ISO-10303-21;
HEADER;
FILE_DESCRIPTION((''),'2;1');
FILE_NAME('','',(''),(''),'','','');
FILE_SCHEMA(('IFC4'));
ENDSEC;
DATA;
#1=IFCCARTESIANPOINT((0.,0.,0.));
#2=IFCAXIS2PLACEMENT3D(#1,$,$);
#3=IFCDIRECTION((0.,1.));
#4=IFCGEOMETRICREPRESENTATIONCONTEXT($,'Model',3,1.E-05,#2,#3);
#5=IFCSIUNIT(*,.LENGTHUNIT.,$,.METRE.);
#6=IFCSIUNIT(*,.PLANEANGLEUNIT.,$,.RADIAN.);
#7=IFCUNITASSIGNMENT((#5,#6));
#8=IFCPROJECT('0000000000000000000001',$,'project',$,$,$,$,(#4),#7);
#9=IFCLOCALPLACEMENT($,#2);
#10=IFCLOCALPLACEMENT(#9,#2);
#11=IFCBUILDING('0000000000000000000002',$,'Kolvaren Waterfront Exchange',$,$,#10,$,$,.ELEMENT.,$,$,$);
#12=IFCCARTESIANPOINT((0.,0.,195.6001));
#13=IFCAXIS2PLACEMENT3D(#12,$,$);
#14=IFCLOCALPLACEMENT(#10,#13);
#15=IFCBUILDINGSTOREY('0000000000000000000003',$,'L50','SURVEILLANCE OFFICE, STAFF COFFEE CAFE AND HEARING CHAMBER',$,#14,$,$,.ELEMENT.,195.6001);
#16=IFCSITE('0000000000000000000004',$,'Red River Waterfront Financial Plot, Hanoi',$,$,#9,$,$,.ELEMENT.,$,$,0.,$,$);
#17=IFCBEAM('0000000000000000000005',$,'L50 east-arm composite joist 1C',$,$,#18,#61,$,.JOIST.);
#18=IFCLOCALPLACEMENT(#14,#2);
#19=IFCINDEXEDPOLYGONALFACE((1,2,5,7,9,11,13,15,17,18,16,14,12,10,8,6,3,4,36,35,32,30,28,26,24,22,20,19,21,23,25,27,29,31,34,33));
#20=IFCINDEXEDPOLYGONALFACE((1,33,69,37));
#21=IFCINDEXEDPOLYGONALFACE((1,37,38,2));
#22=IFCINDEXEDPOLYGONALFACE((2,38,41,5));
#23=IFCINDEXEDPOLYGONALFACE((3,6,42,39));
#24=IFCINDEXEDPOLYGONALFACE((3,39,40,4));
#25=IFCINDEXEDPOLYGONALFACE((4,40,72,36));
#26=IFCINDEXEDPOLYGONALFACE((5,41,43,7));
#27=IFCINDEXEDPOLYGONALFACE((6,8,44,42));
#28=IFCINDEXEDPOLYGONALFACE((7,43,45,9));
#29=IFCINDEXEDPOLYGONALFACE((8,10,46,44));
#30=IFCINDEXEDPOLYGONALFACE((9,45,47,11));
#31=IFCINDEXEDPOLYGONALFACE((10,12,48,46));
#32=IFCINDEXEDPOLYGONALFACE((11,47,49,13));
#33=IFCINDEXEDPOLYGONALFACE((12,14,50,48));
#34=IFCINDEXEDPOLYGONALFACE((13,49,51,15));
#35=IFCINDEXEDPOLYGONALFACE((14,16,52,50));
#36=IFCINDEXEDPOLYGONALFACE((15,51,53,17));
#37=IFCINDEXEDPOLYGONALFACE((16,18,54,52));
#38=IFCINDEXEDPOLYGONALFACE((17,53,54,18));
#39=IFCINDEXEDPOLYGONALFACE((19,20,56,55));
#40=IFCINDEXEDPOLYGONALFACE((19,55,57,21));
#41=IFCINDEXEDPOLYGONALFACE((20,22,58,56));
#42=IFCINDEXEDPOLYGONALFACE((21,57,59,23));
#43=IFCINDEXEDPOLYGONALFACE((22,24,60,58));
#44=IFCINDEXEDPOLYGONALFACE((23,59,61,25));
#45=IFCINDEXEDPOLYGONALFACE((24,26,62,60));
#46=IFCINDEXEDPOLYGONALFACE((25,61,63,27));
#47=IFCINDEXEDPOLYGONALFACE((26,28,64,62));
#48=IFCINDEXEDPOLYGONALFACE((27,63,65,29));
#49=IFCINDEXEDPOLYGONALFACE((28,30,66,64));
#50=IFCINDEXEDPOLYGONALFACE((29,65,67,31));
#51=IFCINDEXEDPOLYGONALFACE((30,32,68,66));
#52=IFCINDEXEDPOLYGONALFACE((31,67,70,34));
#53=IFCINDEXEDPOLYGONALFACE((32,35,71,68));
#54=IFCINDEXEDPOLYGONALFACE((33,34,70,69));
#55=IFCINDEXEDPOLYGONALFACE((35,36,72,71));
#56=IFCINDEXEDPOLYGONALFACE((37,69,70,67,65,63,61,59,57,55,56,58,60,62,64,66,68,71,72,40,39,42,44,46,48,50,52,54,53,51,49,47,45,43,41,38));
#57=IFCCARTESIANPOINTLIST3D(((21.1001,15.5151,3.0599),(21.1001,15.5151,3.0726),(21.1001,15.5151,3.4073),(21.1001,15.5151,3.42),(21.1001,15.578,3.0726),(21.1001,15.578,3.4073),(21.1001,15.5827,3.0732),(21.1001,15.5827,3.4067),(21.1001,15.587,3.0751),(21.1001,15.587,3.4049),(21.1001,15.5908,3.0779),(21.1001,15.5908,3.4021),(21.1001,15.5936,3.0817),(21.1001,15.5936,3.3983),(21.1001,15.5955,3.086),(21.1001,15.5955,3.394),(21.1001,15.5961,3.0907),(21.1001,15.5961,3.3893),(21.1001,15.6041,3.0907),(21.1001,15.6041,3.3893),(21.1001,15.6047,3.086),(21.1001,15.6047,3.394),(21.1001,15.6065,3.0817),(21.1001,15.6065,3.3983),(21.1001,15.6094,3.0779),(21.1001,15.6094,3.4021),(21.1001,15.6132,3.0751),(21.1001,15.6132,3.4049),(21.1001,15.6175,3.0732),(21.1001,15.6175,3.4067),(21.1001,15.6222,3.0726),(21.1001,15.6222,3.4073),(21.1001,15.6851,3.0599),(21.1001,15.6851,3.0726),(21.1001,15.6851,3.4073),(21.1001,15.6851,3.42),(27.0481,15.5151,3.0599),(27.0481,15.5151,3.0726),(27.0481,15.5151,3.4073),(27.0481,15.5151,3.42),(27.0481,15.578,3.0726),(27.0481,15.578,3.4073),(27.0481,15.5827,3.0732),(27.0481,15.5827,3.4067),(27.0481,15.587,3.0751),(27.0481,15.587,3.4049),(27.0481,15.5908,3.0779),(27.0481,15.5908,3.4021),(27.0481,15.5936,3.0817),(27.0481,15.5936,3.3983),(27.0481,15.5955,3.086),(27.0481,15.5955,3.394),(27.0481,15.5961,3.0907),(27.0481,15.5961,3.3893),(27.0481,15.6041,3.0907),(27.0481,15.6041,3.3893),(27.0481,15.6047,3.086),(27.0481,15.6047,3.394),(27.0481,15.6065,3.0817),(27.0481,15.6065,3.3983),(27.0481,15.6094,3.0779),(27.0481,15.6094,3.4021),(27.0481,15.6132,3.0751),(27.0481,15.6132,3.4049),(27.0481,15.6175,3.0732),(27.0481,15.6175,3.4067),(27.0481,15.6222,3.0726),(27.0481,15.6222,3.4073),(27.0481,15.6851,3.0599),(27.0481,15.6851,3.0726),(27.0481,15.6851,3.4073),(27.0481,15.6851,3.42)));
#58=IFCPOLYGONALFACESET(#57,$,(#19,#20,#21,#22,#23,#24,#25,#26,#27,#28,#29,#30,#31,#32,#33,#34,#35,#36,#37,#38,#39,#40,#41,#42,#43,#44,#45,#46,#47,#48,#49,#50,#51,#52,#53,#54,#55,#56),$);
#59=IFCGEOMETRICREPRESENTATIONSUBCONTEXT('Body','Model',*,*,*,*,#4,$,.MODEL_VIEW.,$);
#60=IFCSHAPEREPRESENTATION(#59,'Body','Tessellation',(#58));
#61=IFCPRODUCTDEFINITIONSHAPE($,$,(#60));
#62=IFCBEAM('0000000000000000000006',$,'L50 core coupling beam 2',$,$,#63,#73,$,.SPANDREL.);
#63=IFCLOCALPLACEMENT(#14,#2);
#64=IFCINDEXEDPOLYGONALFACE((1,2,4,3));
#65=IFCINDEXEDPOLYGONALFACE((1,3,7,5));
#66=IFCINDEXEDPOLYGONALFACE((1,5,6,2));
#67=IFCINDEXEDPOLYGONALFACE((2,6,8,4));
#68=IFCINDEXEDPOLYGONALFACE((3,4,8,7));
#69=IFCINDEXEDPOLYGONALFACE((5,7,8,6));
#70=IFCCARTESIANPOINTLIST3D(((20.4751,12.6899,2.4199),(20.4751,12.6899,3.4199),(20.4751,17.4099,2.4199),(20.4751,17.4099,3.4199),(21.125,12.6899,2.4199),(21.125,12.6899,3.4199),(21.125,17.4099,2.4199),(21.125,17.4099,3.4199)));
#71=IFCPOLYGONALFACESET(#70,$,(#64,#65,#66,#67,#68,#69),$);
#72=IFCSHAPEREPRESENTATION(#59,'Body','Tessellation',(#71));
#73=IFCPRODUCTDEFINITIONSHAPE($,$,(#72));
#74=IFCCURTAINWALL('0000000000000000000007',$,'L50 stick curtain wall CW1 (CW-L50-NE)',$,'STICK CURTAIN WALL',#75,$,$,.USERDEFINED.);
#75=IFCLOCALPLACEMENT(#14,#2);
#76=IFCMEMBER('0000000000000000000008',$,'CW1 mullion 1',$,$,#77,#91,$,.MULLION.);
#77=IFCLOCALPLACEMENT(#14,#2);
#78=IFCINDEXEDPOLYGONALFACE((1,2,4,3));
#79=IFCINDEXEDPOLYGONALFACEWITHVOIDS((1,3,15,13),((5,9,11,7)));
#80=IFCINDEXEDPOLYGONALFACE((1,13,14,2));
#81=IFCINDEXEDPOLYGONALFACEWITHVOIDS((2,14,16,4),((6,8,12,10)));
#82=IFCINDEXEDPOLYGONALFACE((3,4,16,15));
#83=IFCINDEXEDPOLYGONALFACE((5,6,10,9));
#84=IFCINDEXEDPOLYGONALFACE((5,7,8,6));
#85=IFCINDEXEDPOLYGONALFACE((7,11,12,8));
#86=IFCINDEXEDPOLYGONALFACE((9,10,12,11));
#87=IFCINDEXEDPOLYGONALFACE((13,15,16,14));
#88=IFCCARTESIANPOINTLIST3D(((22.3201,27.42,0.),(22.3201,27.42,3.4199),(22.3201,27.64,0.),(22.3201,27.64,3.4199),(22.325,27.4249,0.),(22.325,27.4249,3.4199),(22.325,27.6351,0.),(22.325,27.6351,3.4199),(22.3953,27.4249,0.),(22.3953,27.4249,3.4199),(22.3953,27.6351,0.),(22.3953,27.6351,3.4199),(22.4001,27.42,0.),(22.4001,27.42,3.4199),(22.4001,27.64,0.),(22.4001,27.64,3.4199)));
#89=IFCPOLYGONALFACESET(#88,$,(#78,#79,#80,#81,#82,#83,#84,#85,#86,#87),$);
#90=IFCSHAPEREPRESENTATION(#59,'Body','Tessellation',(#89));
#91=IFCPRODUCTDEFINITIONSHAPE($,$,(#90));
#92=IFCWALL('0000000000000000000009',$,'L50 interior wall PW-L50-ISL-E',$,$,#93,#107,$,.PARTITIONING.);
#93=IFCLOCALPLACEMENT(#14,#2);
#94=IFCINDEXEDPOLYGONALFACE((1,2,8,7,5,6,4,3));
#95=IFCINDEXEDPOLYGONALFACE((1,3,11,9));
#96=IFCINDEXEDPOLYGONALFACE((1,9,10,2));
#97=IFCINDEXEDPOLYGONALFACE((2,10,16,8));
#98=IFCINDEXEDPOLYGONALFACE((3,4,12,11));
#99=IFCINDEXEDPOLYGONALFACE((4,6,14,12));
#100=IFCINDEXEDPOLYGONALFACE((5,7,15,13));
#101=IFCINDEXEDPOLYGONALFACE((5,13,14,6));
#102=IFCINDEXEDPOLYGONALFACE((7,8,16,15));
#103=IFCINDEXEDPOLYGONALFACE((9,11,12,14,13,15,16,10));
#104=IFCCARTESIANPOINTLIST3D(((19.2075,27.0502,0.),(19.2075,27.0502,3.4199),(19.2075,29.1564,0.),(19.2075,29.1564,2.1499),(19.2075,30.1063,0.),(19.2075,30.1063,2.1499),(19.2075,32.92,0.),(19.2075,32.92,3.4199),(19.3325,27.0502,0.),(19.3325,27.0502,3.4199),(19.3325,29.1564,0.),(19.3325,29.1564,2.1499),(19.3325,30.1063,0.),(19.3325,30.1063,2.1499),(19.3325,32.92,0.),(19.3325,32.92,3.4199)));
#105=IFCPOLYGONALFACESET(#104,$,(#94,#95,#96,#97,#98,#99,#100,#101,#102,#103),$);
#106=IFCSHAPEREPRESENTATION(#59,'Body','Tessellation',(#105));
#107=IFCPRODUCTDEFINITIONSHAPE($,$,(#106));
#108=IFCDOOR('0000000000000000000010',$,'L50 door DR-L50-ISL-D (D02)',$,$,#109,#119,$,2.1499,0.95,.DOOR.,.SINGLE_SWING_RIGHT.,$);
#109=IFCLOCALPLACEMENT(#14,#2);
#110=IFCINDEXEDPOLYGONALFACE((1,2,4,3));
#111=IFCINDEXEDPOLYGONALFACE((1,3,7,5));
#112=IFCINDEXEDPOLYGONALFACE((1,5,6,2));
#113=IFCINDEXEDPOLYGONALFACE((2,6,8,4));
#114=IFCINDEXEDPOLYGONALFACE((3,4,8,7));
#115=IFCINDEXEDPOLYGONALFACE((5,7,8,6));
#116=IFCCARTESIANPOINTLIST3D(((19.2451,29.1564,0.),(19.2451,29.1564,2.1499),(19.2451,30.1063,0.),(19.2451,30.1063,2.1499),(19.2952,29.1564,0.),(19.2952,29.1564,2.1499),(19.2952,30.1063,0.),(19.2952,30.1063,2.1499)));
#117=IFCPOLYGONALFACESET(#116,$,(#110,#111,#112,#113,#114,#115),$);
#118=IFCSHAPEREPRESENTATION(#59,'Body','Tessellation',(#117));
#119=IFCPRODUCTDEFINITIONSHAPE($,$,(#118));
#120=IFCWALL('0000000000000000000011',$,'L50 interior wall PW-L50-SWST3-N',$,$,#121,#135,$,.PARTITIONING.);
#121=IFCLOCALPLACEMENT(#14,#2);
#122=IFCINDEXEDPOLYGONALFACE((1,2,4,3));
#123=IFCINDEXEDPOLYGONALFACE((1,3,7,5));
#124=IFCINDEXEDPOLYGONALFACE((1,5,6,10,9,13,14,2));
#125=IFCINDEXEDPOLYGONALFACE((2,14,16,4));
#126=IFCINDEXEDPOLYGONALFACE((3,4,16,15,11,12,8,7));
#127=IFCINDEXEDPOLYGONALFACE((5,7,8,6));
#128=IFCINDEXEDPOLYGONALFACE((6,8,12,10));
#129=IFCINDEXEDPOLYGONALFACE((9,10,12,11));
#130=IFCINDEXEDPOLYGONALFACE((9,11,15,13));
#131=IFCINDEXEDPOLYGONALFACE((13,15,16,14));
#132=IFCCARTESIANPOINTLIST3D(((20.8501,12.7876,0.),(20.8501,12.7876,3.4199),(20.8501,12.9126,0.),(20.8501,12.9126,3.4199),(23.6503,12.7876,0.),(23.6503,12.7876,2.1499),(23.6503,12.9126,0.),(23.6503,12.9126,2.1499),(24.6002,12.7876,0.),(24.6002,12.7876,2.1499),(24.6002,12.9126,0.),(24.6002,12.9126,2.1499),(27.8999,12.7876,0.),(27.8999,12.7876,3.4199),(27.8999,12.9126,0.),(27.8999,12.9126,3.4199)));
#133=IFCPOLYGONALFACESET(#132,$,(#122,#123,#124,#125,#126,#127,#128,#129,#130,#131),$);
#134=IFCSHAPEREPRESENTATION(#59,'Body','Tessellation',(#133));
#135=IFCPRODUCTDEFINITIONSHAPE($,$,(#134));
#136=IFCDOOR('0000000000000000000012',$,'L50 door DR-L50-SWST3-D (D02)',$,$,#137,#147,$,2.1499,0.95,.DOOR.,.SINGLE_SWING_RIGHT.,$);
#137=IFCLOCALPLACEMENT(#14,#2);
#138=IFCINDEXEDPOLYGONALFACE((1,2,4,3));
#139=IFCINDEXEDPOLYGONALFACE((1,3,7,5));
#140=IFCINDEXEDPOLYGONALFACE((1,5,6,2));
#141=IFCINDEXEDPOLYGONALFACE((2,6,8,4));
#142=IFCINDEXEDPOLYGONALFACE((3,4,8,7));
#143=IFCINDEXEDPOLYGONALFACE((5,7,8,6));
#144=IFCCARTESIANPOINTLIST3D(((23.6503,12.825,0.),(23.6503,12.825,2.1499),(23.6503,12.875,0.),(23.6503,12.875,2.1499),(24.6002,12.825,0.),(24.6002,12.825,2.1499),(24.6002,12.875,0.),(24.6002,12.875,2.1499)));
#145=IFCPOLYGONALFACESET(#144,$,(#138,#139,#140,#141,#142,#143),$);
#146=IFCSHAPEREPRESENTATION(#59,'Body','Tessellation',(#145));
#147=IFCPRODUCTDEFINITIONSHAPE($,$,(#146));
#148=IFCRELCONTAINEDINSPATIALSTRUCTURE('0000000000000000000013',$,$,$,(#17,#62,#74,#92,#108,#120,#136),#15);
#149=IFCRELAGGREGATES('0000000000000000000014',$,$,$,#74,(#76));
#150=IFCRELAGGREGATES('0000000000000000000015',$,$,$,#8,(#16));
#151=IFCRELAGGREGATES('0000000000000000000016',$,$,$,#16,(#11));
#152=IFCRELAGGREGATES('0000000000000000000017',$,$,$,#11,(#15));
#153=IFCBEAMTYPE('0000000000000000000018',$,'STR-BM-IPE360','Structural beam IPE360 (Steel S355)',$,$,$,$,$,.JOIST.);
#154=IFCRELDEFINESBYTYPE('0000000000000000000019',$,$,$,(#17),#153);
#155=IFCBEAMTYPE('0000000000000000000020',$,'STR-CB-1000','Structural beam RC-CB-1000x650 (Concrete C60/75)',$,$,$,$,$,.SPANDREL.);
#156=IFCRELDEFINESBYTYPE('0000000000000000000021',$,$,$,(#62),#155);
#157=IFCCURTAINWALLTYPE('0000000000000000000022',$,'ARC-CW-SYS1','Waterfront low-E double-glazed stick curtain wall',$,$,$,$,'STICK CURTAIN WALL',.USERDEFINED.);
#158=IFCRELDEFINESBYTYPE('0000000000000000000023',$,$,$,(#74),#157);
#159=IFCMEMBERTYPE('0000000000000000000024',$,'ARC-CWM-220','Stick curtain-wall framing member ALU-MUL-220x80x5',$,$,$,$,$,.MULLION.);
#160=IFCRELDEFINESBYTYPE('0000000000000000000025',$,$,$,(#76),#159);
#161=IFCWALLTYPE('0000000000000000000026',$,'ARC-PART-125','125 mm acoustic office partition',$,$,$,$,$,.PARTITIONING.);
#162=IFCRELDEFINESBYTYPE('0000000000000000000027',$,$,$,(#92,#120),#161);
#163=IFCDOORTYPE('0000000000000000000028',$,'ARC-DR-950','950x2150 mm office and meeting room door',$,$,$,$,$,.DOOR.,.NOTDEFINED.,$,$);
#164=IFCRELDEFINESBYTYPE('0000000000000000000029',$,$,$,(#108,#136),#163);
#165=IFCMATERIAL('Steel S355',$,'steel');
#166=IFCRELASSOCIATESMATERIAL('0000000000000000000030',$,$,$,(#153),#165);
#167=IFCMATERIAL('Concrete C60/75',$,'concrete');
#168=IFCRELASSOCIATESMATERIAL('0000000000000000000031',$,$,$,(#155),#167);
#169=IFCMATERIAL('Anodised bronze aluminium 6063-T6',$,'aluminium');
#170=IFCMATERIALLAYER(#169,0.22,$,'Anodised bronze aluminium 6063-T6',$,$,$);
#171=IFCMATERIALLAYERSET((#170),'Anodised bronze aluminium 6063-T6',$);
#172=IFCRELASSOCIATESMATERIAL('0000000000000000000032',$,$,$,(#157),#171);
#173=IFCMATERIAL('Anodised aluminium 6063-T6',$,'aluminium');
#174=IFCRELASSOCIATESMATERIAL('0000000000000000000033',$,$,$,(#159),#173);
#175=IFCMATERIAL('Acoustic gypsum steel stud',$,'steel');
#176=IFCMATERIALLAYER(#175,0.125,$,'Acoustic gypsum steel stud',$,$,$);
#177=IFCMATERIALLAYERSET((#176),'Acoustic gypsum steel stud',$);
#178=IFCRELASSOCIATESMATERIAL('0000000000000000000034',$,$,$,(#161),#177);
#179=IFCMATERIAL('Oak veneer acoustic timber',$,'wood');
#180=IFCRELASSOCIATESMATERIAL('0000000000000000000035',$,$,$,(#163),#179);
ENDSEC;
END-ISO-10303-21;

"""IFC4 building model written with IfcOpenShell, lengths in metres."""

from ifc_helpers import new_model, si_unit, direction, frame, frame_2d, origin, origin_with_axes, origin_2d, place, context, subcontext, project, spatial, rectangle, hollow_rectangle, i_section, extrude, source, transform, mapped, material, layer, layer_set, material_profile, profile_set, type_object, element, fill, aggregate, save


model = new_model("IFC4")

# Units and contexts
model_context = context("Model", 3, precision=1e-05, world=origin(), true_north=direction((0.0, 1.0)))
body_context = subcontext(model_context, "Body", "Model", "MODEL_VIEW")
ifc_project = project(units=[si_unit("LENGTHUNIT", "METRE"), si_unit("PLANEANGLEUNIT", "RADIAN")], contexts=[model_context])

# Site, building, storey
site_placement = place(None, origin())
site = spatial("IfcSite", under=ifc_project, at=site_placement, Name="Red River Waterfront Financial Plot, Hanoi", CompositionType="ELEMENT", RefElevation=0.0)
building_placement = place(site_placement, origin())
building = spatial("IfcBuilding", under=site, at=building_placement, Name="Kolvaren Waterfront Exchange", CompositionType="ELEMENT")
storey_placement = place(building_placement, frame((0.0, 0.0, 195.6001)))
storey = spatial("IfcBuildingStorey", under=building, at=storey_placement, Name="L50", Description="SURVEILLANCE OFFICE, STAFF COFFEE CAFE AND HEARING CHAMBER", CompositionType="ELEMENT", Elevation=195.6001)

# Shared definitions
ifc_material_1 = material(Name="Concrete C60/75", Category="concrete")

# Beams
ifc_material_2 = material(Name="Steel S355", Category="steel")
ifc_material_profile_1 = material_profile(ifc_material_2, i_section(OverallWidth=0.1699, OverallDepth=0.3601, WebThickness=0.0081, FlangeThickness=0.0127, FilletRadius=0.0181, at=origin_2d()), Name="IPE360")
ifc_profile_set_1 = profile_set([ifc_material_profile_1], Name="Steel S355")
beam_type_1 = type_object("IfcBeamType", Name="STR-BM-IPE360", Description="Structural beam IPE360 (Steel S355)", PredefinedType="JOIST", material=ifc_profile_set_1)
for number, where, z_axis, x_axis, name in (
    (1, (21.1001, 15.6001, 3.24), (1.0, 0.0, 0.0), (0.0, 1.0, 0.0), "L50 east-arm composite joist 1C"),
):
    element("IfcBeam", number, at=place(storey_placement, frame(where, z_axis=z_axis, x_axis=x_axis)), inside=storey, type_object=beam_type_1, Name=name, PredefinedType="JOIST", context=body_context, shape_type="SweptSolid", body=[
        extrude(i_section(OverallWidth=0.1699, OverallDepth=0.3601, WebThickness=0.0081, FlangeThickness=0.0127, FilletRadius=0.0181, at=origin_2d()), origin(), (0.0, 0.0, 1.0), 5.948),
    ])
ifc_material_profile_2 = material_profile(ifc_material_1, rectangle(XDim=0.6499, YDim=1.0, at=origin_2d()), Name="RC-CB-1000x650")
ifc_profile_set_2 = profile_set([ifc_material_profile_2], Name="Concrete C60/75")
beam_type_2 = type_object("IfcBeamType", Name="STR-CB-1000", Description="Structural beam RC-CB-1000x650 (Concrete C60/75)", PredefinedType="SPANDREL", material=ifc_profile_set_2)
beam_1_placement = place(storey_placement, frame((20.8, 12.6899, 2.9199), z_axis=(0.0, 1.0, 0.0), x_axis=(-1.0, 0.0, 0.0)))
element("IfcBeam", 2, at=beam_1_placement, inside=storey, type_object=beam_type_2, Name="L50 core coupling beam 2", PredefinedType="SPANDREL", context=body_context, shape_type="SweptSolid", body=[
    extrude(rectangle(XDim=0.6499, YDim=1.0, at=origin_2d()), origin(), (0.0, 0.0, 1.0), 4.72),
])

# Curtain wall, member
ifc_material_3 = material(Name="Anodised bronze aluminium 6063-T6", Category="aluminium")
ifc_layer_1 = layer(ifc_material_3, 0.22, Name="Anodised bronze aluminium 6063-T6")
ifc_layer_set_1 = layer_set([ifc_layer_1], Name="Anodised bronze aluminium 6063-T6")
curtain_wall_type = type_object("IfcCurtainWallType", Name="ARC-CW-SYS1", Description="Waterfront low-E double-glazed stick curtain wall", ElementType="STICK CURTAIN WALL", PredefinedType="USERDEFINED", material=ifc_layer_set_1)
curtain_wall_placement = place(storey_placement, origin())
curtain_wall = element("IfcCurtainWall", 3, at=curtain_wall_placement, inside=storey, type_object=curtain_wall_type, Name="L50 stick curtain wall CW1 (CW-L50-NE)", ObjectType="STICK CURTAIN WALL", PredefinedType="USERDEFINED")
ifc_material_4 = material(Name="Anodised aluminium 6063-T6", Category="aluminium")
ifc_material_profile_3 = material_profile(ifc_material_4, hollow_rectangle(XDim=0.0801, YDim=0.22, WallThickness=0.0049, at=origin_2d()), Name="ALU-MUL-220x80x5")
ifc_profile_set_3 = profile_set([ifc_material_profile_3], Name="Anodised aluminium 6063-T6")
member_type = type_object("IfcMemberType", Name="ARC-CWM-220", Description="Stick curtain-wall framing member ALU-MUL-220x80x5", PredefinedType="MULLION", material=ifc_profile_set_3)
shared_shape_1 = source(origin_with_axes(), body_context, "Body", "SweptSolid", [
    extrude(hollow_rectangle(XDim=0.0801, YDim=0.22, WallThickness=0.0049, at=origin_2d()), origin(), (0.0, 0.0, 1.0), 3.4199),
])
member_placement = place(storey_placement, frame((22.3601, 27.53, 0.0), z_axis=(0.0, 0.0, 1.0), x_axis=(-1.0, 0.0, 0.0)))
member = element("IfcMember", 4, at=member_placement, type_object=member_type, Name="CW1 mullion 1", PredefinedType="MULLION", context=body_context, shape_type="MappedRepresentation", body=[
    mapped(shared_shape_1, transform((0.0, 0.0, 0.0), x_axis=(1.0, 0.0, 0.0), y_axis=(0.0, 1.0, 0.0), z_axis=(0.0, 0.0, 1.0), scale=1.0)),
])
aggregate(curtain_wall, [member])

# Walls, openings, doors
ifc_material_5 = material(Name="Acoustic gypsum steel stud", Category="steel")
ifc_layer_2 = layer(ifc_material_5, 0.125, Name="Acoustic gypsum steel stud")
ifc_layer_set_2 = layer_set([ifc_layer_2], Name="Acoustic gypsum steel stud")
wall_type_1 = type_object("IfcWallType", Name="ARC-PART-125", Description="125 mm acoustic office partition", PredefinedType="PARTITIONING", material=ifc_layer_set_2)
wall_1_placement = place(storey_placement, frame((19.27, 27.05, 0.0), z_axis=(0.0, 0.0, 1.0), x_axis=(0.0, 1.0, 0.0)))
wall_1 = element("IfcWall", 5, at=wall_1_placement, inside=storey, type_object=wall_type_1, Name="L50 interior wall PW-L50-ISL-E", PredefinedType="PARTITIONING", context=body_context, shape_type="SweptSolid", body=[
    extrude(rectangle(XDim=5.8699, YDim=0.125, at=frame_2d((2.9351, 0.0))), origin(), (0.0, 0.0, 1.0), 3.4199),
])
opening_1_placement = place(wall_1_placement, frame((2.1062, 0.0, 0.0)))
opening_1 = element("IfcOpeningElement", 6, at=opening_1_placement, cuts=wall_1, PredefinedType="OPENING", context=body_context, shape_type="SweptSolid", body=[
    extrude(rectangle(XDim=0.95, YDim=2.1499, at=frame_2d((0.4751, 1.075))), frame((0.0, 0.0725, 0.0), z_axis=(0.0, -1.0, 0.0), x_axis=(1.0, 0.0, 0.0)), (0.0, 0.0, 1.0), 0.145),
])
ifc_material_6 = material(Name="Oak veneer acoustic timber", Category="wood")
door_type_1 = type_object("IfcDoorType", Name="ARC-DR-950", Description="950x2150 mm office and meeting room door", OperationType="NOTDEFINED", PredefinedType="DOOR", material=ifc_material_6)
door_1_placement = place(opening_1_placement, origin())
door_1 = element("IfcDoor", 7, at=door_1_placement, inside=storey, type_object=door_type_1, Name="L50 door DR-L50-ISL-D (D02)", OperationType="SINGLE_SWING_RIGHT", OverallHeight=2.1499, OverallWidth=0.95, PredefinedType="DOOR", context=body_context, shape_type="SweptSolid", body=[
    extrude(rectangle(XDim=0.95, YDim=2.1499, at=frame_2d((0.4751, 1.075))), frame((0.0, 0.0249, 0.0), z_axis=(0.0, -1.0, 0.0), x_axis=(1.0, 0.0, 0.0)), (0.0, 0.0, 1.0), 0.05),
])
fill(opening_1, door_1)
wall_2_placement = place(storey_placement, frame((20.8501, 12.8501, 0.0), z_axis=(0.0, 0.0, 1.0), x_axis=(1.0, 0.0, 0.0)))
wall_2 = element("IfcWall", 8, at=wall_2_placement, inside=storey, type_object=wall_type_1, Name="L50 interior wall PW-L50-SWST3-N", PredefinedType="PARTITIONING", context=body_context, shape_type="SweptSolid", body=[
    extrude(rectangle(XDim=7.0498, YDim=0.125, at=frame_2d((3.5249, 0.0))), origin(), (0.0, 0.0, 1.0), 3.4199),
])
opening_2_placement = place(wall_2_placement, frame((2.8, 0.0, 0.0)))
opening_2 = element("IfcOpeningElement", 9, at=opening_2_placement, cuts=wall_2, PredefinedType="OPENING", context=body_context, shape_type="SweptSolid", body=[
    extrude(rectangle(XDim=0.95, YDim=2.1499, at=frame_2d((0.4751, 1.075))), frame((0.0, 0.0725, 0.0), z_axis=(0.0, -1.0, 0.0), x_axis=(1.0, 0.0, 0.0)), (0.0, 0.0, 1.0), 0.145),
])
door_2_placement = place(opening_2_placement, origin())
door_2 = element("IfcDoor", 10, at=door_2_placement, inside=storey, type_object=door_type_1, Name="L50 door DR-L50-SWST3-D (D02)", OperationType="SINGLE_SWING_RIGHT", OverallHeight=2.1499, OverallWidth=0.95, PredefinedType="DOOR", context=body_context, shape_type="SweptSolid", body=[
    extrude(rectangle(XDim=0.95, YDim=2.1499, at=frame_2d((0.4751, 1.075))), frame((0.0, 0.0249, 0.0), z_axis=(0.0, -1.0, 0.0), x_axis=(1.0, 0.0, 0.0)), (0.0, 0.0, 1.0), 0.05),
])
fill(opening_2, door_2)

save(model, "model.ifc")
